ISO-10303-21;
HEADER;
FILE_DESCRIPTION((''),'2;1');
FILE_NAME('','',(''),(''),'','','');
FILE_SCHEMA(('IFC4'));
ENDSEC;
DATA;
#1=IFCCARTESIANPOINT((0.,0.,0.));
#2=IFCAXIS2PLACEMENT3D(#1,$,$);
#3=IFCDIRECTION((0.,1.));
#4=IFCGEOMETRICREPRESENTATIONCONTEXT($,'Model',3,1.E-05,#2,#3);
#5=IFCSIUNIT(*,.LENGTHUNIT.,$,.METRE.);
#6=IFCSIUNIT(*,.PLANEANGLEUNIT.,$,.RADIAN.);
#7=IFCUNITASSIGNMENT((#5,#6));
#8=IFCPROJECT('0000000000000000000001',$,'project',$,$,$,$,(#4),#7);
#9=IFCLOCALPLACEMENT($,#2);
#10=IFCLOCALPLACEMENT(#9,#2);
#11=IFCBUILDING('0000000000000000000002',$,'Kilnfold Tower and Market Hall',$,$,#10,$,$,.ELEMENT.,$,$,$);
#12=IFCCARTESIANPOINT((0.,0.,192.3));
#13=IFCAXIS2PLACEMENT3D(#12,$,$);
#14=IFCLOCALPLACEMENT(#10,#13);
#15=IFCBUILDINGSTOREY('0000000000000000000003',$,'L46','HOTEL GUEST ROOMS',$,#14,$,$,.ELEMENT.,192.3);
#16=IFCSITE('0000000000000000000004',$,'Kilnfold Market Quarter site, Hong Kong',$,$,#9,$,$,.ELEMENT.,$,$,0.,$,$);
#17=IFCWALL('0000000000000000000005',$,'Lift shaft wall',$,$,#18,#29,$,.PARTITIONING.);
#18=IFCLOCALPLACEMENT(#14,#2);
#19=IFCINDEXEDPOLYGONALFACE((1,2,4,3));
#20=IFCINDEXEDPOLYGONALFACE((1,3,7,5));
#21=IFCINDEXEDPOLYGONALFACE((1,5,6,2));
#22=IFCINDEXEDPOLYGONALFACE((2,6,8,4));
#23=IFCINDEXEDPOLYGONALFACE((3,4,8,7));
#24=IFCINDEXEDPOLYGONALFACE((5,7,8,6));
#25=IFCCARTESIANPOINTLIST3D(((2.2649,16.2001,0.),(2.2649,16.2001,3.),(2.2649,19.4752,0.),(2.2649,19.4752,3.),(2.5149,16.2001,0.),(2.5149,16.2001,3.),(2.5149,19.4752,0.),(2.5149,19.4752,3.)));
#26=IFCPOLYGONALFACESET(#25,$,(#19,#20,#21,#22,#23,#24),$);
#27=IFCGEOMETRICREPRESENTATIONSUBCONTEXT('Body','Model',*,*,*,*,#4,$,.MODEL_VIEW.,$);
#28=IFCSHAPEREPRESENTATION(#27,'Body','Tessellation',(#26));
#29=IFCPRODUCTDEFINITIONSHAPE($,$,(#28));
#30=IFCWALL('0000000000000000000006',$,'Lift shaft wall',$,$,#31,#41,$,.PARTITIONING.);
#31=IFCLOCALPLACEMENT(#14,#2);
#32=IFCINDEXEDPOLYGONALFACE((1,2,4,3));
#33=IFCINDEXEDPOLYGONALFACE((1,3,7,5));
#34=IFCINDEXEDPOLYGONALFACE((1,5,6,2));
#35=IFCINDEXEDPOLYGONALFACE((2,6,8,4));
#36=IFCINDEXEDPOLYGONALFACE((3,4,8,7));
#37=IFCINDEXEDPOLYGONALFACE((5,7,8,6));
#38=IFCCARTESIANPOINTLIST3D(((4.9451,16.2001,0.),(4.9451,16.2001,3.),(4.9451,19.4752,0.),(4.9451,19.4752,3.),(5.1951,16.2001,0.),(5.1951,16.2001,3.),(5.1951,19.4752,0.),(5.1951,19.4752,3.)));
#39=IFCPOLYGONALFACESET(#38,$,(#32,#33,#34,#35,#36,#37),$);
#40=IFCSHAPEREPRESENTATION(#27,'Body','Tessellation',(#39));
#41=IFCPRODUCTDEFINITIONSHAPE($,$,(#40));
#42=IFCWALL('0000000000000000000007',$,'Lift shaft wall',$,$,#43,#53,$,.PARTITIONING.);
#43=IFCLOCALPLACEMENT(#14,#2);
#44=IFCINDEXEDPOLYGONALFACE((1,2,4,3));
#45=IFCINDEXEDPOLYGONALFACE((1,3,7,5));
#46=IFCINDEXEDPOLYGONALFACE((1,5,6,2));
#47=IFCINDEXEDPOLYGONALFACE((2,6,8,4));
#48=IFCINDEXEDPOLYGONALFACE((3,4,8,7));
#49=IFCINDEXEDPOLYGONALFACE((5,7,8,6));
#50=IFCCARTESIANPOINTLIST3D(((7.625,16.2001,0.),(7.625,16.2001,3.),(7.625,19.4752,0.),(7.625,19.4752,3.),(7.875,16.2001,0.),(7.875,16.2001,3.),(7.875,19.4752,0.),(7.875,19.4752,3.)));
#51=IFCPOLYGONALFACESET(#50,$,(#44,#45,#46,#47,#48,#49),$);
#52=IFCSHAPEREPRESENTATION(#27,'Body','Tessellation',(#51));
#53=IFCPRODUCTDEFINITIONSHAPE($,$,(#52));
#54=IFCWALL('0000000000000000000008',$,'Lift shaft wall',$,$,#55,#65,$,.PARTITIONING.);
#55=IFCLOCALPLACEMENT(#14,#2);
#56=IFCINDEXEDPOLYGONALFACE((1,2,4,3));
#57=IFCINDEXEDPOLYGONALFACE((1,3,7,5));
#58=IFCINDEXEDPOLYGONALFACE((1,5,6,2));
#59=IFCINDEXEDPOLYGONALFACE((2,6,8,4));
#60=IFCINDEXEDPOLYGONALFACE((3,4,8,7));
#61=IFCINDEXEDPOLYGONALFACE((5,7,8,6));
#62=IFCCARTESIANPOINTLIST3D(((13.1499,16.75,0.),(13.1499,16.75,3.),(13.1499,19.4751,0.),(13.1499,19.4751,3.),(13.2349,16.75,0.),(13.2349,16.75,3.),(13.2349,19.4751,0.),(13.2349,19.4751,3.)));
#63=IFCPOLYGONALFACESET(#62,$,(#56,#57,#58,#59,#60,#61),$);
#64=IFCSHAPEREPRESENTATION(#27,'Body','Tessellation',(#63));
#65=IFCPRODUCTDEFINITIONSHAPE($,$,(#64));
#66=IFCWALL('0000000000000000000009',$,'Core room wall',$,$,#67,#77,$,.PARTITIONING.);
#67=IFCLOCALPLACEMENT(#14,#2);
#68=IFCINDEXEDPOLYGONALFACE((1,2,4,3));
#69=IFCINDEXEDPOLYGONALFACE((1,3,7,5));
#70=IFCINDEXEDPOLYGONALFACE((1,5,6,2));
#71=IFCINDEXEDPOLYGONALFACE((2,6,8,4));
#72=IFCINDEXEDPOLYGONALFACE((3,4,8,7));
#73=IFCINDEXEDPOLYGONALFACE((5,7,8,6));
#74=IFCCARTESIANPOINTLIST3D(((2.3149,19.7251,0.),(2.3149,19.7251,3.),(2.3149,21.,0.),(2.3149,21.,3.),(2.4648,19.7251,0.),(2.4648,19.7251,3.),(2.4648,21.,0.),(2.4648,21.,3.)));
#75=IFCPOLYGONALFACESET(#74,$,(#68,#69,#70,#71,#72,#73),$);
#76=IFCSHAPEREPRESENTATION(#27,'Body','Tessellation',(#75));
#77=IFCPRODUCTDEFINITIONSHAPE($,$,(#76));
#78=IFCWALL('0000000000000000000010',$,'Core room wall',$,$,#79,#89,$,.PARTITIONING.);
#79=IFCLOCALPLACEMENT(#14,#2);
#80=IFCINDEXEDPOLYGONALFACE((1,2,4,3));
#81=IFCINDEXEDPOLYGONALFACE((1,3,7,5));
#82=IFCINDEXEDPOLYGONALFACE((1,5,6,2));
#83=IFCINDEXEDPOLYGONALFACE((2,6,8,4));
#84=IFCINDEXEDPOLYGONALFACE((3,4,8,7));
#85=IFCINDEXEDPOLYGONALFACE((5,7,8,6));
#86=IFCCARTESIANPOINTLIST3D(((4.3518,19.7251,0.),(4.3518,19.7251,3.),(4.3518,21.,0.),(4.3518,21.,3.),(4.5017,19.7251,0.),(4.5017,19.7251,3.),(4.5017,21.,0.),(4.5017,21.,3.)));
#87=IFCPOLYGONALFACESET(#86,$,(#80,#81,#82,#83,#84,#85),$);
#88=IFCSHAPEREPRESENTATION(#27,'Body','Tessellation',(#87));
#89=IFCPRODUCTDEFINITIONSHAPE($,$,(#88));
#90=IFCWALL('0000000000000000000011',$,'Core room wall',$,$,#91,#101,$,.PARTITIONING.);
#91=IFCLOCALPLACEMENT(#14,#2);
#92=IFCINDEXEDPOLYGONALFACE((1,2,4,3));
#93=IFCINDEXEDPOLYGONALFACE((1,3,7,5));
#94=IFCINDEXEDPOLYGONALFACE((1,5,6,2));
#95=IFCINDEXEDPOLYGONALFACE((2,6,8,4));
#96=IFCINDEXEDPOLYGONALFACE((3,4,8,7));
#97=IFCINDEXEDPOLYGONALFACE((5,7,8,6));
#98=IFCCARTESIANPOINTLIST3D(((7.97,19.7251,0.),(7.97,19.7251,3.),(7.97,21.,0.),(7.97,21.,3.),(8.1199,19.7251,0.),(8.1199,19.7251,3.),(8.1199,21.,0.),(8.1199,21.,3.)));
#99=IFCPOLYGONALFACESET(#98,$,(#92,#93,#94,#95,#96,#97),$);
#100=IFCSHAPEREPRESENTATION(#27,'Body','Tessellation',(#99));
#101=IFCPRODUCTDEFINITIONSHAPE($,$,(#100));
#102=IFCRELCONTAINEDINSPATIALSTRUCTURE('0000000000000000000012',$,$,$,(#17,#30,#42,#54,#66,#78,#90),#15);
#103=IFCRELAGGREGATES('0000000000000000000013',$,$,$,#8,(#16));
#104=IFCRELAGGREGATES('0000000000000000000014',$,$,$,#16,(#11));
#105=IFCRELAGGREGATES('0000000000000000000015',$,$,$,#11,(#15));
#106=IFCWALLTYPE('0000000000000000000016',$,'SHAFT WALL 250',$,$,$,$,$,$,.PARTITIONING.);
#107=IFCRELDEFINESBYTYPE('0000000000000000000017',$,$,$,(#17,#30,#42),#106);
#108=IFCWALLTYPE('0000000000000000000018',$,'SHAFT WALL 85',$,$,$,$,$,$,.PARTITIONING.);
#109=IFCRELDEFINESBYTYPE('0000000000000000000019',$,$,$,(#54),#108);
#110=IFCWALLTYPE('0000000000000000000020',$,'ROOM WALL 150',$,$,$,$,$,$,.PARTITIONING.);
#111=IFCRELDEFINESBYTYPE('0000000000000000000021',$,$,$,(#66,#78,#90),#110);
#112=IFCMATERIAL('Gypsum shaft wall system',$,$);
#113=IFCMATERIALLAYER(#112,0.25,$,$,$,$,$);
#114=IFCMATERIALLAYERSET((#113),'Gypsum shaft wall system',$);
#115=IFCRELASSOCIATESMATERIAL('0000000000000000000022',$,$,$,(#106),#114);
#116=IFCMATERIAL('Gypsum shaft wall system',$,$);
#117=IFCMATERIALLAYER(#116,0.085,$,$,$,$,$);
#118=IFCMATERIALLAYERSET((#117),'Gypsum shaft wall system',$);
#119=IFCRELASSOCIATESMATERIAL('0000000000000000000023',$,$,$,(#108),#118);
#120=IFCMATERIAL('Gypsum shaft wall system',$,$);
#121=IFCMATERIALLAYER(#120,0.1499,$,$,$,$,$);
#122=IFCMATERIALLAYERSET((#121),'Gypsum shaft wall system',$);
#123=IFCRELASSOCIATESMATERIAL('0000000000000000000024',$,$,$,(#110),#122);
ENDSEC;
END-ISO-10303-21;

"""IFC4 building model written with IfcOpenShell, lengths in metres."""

from ifc_helpers import new_model, si_unit, direction, frame, frame_2d, origin, place, context, subcontext, project, spatial, rectangle, extrude, source, transform, mapped, material, layer, layer_set, type_object, element, save


model = new_model("IFC4")

# Units and contexts
model_context = context("Model", 3, precision=1e-05, world=origin(), true_north=direction((0.0, 1.0)))
body_context = subcontext(model_context, "Body", "Model", "MODEL_VIEW")
ifc_project = project(units=[si_unit("LENGTHUNIT", "METRE"), si_unit("PLANEANGLEUNIT", "RADIAN")], contexts=[model_context])

# Site, building, storey
site_placement = place(None, origin())
site = spatial("IfcSite", under=ifc_project, at=site_placement, Name="Kilnfold Market Quarter site, Hong Kong", CompositionType="ELEMENT", RefElevation=0.0)
building_placement = place(site_placement, origin())
building = spatial("IfcBuilding", under=site, at=building_placement, Name="Kilnfold Tower and Market Hall", CompositionType="ELEMENT")
storey_placement = place(building_placement, frame((0.0, 0.0, 192.3)))
storey = spatial("IfcBuildingStorey", under=building, at=storey_placement, Name="L46", Description="HOTEL GUEST ROOMS", CompositionType="ELEMENT", Elevation=192.3)

# Walls
ifc_material_1 = material(Name="Gypsum shaft wall system")
ifc_layer_1 = layer(ifc_material_1, 0.25)
ifc_layer_set_1 = layer_set([ifc_layer_1], Name="Gypsum shaft wall system")
wall_type_1 = type_object("IfcWallType", Name="SHAFT WALL 250", PredefinedType="PARTITIONING", material=ifc_layer_set_1)
shared_shape_1 = source(origin(), body_context, "Body", "SweptSolid", [
    extrude(rectangle(XDim=3.2751, YDim=0.25, at=frame_2d((1.6377, 0.0))), origin(), (0.0, 0.0, 1.0), 3.0),
])
for number, where, z_axis, x_axis, name in (
    (1, (2.3899, 16.2, 0.0), (0.0, 0.0, 1.0), (0.0, 1.0, 0.0), "Lift shaft wall"),
    (2, (5.0701, 16.2, 0.0), (0.0, 0.0, 1.0), (0.0, 1.0, 0.0), "Lift shaft wall"),
    (3, (7.75, 16.2, 0.0), (0.0, 0.0, 1.0), (0.0, 1.0, 0.0), "Lift shaft wall"),
):
    element("IfcWall", number, at=place(storey_placement, frame(where, z_axis=z_axis, x_axis=x_axis)), inside=storey, type_object=wall_type_1, Name=name, PredefinedType="PARTITIONING", context=body_context, shape_type="MappedRepresentation", body=[
        mapped(shared_shape_1, transform((0.0, 0.0, 0.0))),
    ])
ifc_material_2 = material(Name="Gypsum shaft wall system")
ifc_layer_2 = layer(ifc_material_2, 0.085)
ifc_layer_set_2 = layer_set([ifc_layer_2], Name="Gypsum shaft wall system")
wall_type_2 = type_object("IfcWallType", Name="SHAFT WALL 85", PredefinedType="PARTITIONING", material=ifc_layer_set_2)
shared_shape_2 = source(origin(), body_context, "Body", "SweptSolid", [
    extrude(rectangle(XDim=2.7251, YDim=0.085, at=frame_2d((1.3625, 0.0))), origin(), (0.0, 0.0, 1.0), 3.0),
])
wall_1_placement = place(storey_placement, frame((13.1924, 16.75, 0.0), z_axis=(0.0, 0.0, 1.0), x_axis=(0.0, 1.0, 0.0)))
element("IfcWall", 4, at=wall_1_placement, inside=storey, type_object=wall_type_2, Name="Lift shaft wall", PredefinedType="PARTITIONING", context=body_context, shape_type="MappedRepresentation", body=[
    mapped(shared_shape_2, transform((0.0, 0.0, 0.0))),
])
ifc_material_3 = material(Name="Gypsum shaft wall system")
ifc_layer_3 = layer(ifc_material_3, 0.1499)
ifc_layer_set_3 = layer_set([ifc_layer_3], Name="Gypsum shaft wall system")
wall_type_3 = type_object("IfcWallType", Name="ROOM WALL 150", PredefinedType="PARTITIONING", material=ifc_layer_set_3)
shared_shape_3 = source(origin(), body_context, "Body", "SweptSolid", [
    extrude(rectangle(XDim=1.2749, YDim=0.1499, at=frame_2d((0.6375, 0.0))), origin(), (0.0, 0.0, 1.0), 3.0),
])
for number, where, z_axis, x_axis, name in (
    (5, (2.3899, 19.7251, 0.0), (0.0, 0.0, 1.0), (0.0, 1.0, 0.0), "Core room wall"),
    (6, (4.4268, 19.7251, 0.0), (0.0, 0.0, 1.0), (0.0, 1.0, 0.0), "Core room wall"),
    (7, (8.0449, 19.7251, 0.0), (0.0, 0.0, 1.0), (0.0, 1.0, 0.0), "Core room wall"),
):
    element("IfcWall", number, at=place(storey_placement, frame(where, z_axis=z_axis, x_axis=x_axis)), inside=storey, type_object=wall_type_3, Name=name, PredefinedType="PARTITIONING", context=body_context, shape_type="MappedRepresentation", body=[
        mapped(shared_shape_3, transform((0.0, 0.0, 0.0))),
    ])

save(model, "model.ifc")
